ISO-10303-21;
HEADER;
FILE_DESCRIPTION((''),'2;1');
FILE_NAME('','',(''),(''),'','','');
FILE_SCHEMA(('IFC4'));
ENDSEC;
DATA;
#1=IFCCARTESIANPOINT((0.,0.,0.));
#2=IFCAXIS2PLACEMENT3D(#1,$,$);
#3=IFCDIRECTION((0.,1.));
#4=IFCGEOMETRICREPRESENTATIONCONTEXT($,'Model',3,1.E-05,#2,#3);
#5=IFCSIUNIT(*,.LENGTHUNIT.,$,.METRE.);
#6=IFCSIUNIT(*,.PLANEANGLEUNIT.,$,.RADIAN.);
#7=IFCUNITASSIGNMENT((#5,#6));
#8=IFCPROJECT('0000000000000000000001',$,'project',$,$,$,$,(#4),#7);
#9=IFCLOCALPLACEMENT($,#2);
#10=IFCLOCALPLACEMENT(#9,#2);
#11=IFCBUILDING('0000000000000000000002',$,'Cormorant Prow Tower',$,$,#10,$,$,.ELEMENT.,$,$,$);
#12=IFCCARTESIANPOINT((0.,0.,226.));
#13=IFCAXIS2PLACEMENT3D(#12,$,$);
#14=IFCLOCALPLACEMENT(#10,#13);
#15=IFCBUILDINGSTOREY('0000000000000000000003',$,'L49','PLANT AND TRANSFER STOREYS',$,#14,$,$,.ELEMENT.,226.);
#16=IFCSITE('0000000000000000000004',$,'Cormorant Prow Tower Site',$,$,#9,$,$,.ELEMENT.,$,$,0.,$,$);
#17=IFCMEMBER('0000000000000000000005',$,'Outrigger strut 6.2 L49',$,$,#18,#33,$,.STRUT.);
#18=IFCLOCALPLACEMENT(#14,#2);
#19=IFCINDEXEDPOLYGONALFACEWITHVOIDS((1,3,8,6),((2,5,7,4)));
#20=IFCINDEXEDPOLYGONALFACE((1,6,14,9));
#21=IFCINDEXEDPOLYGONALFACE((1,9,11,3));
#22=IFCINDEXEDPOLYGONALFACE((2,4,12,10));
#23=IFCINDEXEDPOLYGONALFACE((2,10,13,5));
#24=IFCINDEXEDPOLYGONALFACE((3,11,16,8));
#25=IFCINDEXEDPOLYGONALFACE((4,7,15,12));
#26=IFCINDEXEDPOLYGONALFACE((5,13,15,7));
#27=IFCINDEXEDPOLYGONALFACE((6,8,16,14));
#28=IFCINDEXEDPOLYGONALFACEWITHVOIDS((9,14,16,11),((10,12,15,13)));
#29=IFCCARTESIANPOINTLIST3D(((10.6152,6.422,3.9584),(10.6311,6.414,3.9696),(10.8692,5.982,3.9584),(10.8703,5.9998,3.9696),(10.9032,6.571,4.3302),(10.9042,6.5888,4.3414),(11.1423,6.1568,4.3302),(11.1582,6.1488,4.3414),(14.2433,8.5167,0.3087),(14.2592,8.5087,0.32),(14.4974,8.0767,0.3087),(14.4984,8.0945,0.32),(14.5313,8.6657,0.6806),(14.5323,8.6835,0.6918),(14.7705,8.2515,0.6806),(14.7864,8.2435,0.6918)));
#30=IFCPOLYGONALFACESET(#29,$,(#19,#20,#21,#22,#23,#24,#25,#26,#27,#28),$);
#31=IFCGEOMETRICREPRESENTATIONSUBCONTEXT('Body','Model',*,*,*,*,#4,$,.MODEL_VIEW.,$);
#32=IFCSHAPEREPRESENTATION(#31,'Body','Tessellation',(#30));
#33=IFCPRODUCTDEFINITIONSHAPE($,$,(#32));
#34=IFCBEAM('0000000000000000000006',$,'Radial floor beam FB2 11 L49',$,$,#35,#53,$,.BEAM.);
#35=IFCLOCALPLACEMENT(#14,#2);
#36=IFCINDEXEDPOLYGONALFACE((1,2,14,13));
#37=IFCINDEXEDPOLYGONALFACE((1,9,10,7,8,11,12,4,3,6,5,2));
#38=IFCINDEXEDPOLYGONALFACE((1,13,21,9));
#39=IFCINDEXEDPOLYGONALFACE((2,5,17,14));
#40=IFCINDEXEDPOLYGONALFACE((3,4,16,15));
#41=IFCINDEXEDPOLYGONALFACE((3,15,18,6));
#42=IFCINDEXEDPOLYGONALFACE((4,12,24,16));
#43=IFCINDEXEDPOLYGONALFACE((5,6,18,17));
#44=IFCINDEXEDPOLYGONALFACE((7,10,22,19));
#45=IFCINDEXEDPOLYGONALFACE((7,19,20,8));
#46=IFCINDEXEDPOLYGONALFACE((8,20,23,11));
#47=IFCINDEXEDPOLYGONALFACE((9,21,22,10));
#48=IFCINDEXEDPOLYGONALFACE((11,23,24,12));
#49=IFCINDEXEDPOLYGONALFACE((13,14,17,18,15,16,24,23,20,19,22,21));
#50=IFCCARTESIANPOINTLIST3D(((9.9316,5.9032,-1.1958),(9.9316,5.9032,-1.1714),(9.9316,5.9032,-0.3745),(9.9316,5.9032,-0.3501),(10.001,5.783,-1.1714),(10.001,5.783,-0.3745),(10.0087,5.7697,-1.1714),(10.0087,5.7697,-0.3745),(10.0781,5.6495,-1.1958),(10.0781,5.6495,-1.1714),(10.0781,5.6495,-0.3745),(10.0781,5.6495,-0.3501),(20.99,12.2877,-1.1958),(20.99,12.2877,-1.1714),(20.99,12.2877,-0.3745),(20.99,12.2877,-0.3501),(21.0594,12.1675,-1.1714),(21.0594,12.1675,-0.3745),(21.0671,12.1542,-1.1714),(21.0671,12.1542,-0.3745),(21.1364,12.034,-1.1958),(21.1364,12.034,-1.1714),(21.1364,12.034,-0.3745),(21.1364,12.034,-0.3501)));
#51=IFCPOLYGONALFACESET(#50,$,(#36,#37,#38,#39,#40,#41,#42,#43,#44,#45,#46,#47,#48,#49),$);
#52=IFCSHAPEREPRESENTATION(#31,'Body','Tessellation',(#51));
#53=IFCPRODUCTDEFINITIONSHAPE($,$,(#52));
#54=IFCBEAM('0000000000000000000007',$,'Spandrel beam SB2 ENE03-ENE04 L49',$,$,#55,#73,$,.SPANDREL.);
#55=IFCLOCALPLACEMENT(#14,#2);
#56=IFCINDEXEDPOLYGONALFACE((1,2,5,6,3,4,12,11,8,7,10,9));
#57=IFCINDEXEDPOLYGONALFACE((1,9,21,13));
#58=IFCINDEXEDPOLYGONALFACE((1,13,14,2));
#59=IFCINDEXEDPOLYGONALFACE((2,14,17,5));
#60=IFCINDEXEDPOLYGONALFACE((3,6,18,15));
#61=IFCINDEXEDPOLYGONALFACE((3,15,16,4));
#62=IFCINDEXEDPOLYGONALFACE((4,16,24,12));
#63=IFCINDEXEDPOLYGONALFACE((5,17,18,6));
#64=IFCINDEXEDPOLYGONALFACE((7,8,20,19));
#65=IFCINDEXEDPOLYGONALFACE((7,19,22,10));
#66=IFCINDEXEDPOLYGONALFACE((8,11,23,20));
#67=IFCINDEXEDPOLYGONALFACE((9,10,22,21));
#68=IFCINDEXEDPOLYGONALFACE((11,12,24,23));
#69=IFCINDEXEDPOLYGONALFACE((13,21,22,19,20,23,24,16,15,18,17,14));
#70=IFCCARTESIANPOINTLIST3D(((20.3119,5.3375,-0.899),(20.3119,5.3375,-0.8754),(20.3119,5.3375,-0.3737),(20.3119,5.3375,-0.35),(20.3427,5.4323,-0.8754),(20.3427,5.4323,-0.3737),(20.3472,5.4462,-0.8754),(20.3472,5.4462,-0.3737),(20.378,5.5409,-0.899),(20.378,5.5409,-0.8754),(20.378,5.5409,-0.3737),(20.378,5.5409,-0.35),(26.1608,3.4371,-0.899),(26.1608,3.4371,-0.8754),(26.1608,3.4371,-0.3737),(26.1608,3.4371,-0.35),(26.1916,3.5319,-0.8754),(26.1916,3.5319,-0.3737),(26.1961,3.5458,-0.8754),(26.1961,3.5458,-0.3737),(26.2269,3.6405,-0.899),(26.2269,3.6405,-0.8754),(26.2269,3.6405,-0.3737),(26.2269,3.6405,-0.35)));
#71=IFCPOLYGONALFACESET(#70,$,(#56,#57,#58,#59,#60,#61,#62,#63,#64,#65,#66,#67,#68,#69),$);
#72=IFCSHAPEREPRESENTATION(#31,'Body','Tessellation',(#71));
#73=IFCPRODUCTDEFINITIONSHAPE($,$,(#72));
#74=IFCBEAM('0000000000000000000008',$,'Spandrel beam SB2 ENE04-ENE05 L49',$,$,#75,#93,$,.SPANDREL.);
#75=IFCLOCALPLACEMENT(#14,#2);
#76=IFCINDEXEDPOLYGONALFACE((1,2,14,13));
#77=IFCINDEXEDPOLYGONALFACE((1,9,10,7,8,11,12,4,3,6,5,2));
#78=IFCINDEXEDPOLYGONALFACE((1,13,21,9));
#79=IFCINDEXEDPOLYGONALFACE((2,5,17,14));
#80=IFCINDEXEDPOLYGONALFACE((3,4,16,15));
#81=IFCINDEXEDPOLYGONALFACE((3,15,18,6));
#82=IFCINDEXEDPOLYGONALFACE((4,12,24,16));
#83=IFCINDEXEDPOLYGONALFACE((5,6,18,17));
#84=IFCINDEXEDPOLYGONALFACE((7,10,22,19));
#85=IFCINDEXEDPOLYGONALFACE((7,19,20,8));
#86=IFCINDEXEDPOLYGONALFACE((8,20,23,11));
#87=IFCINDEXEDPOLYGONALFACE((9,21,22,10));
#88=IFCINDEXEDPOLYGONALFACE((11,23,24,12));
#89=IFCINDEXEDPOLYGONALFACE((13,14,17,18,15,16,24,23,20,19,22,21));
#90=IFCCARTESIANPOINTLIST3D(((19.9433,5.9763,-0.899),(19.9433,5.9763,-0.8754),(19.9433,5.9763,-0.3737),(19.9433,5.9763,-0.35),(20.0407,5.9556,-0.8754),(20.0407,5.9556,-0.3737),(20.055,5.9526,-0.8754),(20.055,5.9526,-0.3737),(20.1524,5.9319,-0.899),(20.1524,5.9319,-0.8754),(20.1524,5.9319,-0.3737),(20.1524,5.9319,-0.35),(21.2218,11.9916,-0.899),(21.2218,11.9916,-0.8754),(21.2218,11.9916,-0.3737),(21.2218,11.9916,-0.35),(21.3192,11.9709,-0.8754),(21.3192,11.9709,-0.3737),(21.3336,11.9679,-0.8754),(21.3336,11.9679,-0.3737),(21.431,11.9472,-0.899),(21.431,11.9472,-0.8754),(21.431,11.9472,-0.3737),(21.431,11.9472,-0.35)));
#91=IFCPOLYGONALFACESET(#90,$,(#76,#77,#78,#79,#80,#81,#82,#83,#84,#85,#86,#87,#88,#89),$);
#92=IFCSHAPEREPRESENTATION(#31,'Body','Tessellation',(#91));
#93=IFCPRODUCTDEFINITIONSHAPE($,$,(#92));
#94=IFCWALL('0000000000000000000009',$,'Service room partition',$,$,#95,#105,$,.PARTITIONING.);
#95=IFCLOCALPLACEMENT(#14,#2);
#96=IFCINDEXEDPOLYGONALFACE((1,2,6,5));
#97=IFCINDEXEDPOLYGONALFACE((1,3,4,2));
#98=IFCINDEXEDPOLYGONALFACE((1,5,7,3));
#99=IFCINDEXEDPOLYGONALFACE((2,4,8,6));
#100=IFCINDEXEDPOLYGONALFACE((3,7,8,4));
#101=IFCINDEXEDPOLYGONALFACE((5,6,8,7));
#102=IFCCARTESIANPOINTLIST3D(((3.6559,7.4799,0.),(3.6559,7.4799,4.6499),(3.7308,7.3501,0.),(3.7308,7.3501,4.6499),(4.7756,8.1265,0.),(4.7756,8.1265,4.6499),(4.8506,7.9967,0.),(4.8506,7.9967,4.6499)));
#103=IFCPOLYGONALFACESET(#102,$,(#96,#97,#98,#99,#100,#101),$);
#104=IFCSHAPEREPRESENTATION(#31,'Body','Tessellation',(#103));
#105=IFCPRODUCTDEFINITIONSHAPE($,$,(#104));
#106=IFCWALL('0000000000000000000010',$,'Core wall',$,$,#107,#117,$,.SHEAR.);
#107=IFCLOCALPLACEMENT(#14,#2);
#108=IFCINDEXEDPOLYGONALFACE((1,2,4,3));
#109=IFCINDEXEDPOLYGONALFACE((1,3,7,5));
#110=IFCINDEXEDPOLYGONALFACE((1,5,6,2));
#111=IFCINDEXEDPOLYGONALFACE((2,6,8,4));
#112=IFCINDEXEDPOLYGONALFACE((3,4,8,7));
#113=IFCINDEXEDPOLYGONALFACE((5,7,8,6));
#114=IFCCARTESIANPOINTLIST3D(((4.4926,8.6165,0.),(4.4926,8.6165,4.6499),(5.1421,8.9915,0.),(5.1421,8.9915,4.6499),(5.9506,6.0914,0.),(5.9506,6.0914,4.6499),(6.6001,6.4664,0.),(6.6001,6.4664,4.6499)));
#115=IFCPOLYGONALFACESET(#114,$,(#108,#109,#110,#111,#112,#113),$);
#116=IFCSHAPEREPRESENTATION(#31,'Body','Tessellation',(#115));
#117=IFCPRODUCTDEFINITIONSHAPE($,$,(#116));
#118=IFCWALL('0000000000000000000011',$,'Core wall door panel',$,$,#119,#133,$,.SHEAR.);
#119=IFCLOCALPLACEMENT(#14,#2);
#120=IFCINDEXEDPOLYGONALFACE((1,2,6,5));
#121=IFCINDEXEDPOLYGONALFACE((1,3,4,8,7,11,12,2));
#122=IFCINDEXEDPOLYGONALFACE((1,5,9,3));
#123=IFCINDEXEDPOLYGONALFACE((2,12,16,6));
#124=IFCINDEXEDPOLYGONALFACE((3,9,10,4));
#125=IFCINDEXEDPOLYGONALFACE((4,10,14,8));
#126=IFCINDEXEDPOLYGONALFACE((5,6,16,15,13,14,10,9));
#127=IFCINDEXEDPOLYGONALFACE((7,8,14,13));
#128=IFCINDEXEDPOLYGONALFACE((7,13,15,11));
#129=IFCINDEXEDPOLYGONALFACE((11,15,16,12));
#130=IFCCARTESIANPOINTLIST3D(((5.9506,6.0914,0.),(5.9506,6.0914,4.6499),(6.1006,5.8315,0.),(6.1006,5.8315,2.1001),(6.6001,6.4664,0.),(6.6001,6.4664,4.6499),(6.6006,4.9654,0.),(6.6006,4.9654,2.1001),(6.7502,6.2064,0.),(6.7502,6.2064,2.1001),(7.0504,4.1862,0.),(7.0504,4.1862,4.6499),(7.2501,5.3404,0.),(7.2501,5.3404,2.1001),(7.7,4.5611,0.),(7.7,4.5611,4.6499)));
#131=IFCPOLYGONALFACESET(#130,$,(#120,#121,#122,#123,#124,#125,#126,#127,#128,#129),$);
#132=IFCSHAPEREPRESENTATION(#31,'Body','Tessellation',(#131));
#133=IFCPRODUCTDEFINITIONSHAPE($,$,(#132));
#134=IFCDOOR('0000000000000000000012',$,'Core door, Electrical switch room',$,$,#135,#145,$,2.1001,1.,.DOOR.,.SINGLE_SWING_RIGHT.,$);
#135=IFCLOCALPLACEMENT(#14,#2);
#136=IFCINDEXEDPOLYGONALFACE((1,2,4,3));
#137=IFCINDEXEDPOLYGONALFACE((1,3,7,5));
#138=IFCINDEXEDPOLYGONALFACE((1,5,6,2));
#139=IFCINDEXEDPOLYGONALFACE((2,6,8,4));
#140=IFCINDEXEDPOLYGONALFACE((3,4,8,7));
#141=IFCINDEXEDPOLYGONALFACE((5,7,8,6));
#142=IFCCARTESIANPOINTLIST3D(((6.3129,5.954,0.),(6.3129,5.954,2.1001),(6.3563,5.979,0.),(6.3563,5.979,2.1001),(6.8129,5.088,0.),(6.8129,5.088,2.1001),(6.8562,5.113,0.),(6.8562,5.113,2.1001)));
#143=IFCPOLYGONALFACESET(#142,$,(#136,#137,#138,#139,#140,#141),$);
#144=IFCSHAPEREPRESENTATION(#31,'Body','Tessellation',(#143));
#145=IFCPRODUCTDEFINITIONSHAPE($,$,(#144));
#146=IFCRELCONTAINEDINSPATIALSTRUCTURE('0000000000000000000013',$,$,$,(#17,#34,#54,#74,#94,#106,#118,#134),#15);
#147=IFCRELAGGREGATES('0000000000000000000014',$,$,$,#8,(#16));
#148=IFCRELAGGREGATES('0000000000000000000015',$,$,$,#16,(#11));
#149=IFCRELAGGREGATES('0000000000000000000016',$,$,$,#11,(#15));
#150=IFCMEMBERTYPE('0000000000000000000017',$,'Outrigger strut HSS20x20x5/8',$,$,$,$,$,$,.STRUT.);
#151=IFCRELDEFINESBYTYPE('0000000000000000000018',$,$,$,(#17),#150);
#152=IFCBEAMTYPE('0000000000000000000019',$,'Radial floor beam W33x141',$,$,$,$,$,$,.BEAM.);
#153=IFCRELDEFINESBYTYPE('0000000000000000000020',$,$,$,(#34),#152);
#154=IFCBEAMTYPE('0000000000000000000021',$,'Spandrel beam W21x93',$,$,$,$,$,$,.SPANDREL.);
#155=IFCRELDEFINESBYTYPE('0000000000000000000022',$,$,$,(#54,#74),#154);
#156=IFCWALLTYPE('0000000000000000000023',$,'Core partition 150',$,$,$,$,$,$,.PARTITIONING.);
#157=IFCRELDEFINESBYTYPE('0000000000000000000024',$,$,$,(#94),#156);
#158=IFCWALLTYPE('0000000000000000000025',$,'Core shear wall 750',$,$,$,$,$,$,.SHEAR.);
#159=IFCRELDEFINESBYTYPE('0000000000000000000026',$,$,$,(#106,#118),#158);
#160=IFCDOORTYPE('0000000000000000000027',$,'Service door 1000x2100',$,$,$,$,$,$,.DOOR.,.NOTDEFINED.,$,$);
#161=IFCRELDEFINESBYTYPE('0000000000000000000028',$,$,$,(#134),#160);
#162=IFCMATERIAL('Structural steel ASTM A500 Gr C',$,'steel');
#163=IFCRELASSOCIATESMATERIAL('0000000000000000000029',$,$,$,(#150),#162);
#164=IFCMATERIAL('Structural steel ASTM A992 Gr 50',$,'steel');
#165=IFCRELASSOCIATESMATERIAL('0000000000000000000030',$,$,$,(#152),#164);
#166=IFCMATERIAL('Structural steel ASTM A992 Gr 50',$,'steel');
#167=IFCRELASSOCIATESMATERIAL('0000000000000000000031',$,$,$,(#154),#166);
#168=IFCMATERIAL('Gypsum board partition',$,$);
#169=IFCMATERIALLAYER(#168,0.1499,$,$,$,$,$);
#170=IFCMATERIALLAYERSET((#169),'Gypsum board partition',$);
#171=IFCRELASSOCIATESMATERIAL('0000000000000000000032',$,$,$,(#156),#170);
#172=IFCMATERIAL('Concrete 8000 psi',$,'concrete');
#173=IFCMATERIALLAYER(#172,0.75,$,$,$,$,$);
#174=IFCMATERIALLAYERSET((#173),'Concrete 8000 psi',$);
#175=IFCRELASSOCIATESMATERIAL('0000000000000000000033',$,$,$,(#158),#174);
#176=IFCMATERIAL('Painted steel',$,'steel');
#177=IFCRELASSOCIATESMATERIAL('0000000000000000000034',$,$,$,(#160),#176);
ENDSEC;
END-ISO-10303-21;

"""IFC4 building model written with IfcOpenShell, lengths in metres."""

from ifc_helpers import new_model, si_unit, direction, frame, frame_2d, origin, origin_2d, place, context, subcontext, project, spatial, rectangle, hollow_rectangle, i_section, extrude, material, layer, layer_set, material_profile, profile_set, type_object, element, fill, save


model = new_model("IFC4")

# Units and contexts
model_context = context("Model", 3, precision=1e-05, world=origin(), true_north=direction((0.0, 1.0)))
body_context = subcontext(model_context, "Body", "Model", "MODEL_VIEW")
ifc_project = project(units=[si_unit("LENGTHUNIT", "METRE"), si_unit("PLANEANGLEUNIT", "RADIAN")], contexts=[model_context])

# Site, building, storey
site_placement = place(None, origin())
site = spatial("IfcSite", under=ifc_project, at=site_placement, Name="Cormorant Prow Tower Site", CompositionType="ELEMENT", RefElevation=0.0)
building_placement = place(site_placement, origin())
building = spatial("IfcBuilding", under=site, at=building_placement, Name="Cormorant Prow Tower", CompositionType="ELEMENT")
storey_placement = place(building_placement, frame((0.0, 0.0, 226.0)))
storey = spatial("IfcBuildingStorey", under=building, at=storey_placement, Name="L49", Description="PLANT AND TRANSFER STOREYS", CompositionType="ELEMENT", Elevation=226.0)

# Member
ifc_material_1 = material(Name="Structural steel ASTM A500 Gr C", Category="steel")
ifc_material_profile_1 = material_profile(ifc_material_1, hollow_rectangle(XDim=0.5081, YDim=0.5081, WallThickness=0.0149, at=origin_2d()), Name="HSS20x20x5/8")
ifc_profile_set_1 = profile_set([ifc_material_profile_1], Name="Structural steel ASTM A500 Gr C")
member_type_1 = type_object("IfcMemberType", Name="Outrigger strut HSS20x20x5/8", PredefinedType="STRUT", material=ifc_profile_set_1)
member_1_placement = place(storey_placement, frame((10.8867, 6.2854, 4.1499), z_axis=(0.652994, 0.377006, -0.65686), x_axis=(-0.5, 0.866025, 0.0)))
element("IfcMember", 1, at=member_1_placement, inside=storey, type_object=member_type_1, Name="Outrigger strut 6.2 L49", PredefinedType="STRUT", context=body_context, shape_type="SweptSolid", body=[
    extrude(hollow_rectangle(XDim=0.5081, YDim=0.5081, WallThickness=0.0149, at=origin_2d()), origin(), (0.0, 0.0, 1.0), 5.5562),
])

# Beams
ifc_material_2 = material(Name="Structural steel ASTM A992 Gr 50", Category="steel")
ifc_material_profile_2 = material_profile(ifc_material_2, i_section(OverallWidth=0.293, OverallDepth=0.8457, WebThickness=0.0154, FlangeThickness=0.0244, at=origin_2d()), Name="W33x141")
ifc_profile_set_2 = profile_set([ifc_material_profile_2], Name="Structural steel ASTM A992 Gr 50")
beam_type_1 = type_object("IfcBeamType", Name="Radial floor beam W33x141", PredefinedType="BEAM", material=ifc_profile_set_2)
beam_1_placement = place(storey_placement, frame((10.0049, 5.7764, -0.7729), z_axis=(0.866026, 0.499999, 0.0), x_axis=(-0.499999, 0.866026, 0.0)))
element("IfcBeam", 2, at=beam_1_placement, inside=storey, type_object=beam_type_1, Name="Radial floor beam FB2 11 L49", PredefinedType="BEAM", context=body_context, shape_type="SweptSolid", body=[
    extrude(i_section(OverallWidth=0.293, OverallDepth=0.8457, WebThickness=0.0154, FlangeThickness=0.0244, at=origin_2d()), origin(), (0.0, 0.0, 1.0), 12.769),
])
ifc_material_3 = material(Name="Structural steel ASTM A992 Gr 50", Category="steel")
ifc_material_profile_3 = material_profile(ifc_material_3, i_section(OverallWidth=0.2139, OverallDepth=0.5491, WebThickness=0.0146, FlangeThickness=0.0237, at=origin_2d()), Name="W21x93")
ifc_profile_set_3 = profile_set([ifc_material_profile_3], Name="Structural steel ASTM A992 Gr 50")
beam_type_2 = type_object("IfcBeamType", Name="Spandrel beam W21x93", PredefinedType="SPANDREL", material=ifc_profile_set_3)
beam_2_placement = place(storey_placement, frame((26.1938, 3.5388, -0.6245), z_axis=(-0.951058, 0.309013, 0.0), x_axis=(-0.309013, -0.951058, 0.0)))
element("IfcBeam", 3, at=beam_2_placement, inside=storey, type_object=beam_type_2, Name="Spandrel beam SB2 ENE03-ENE04 L49", PredefinedType="SPANDREL", context=body_context, shape_type="SweptSolid", body=[
    extrude(i_section(OverallWidth=0.2139, OverallDepth=0.5491, WebThickness=0.0146, FlangeThickness=0.0237, at=origin_2d()), origin(), (0.0, 0.0, 1.0), 6.1499),
])
beam_3_placement = place(storey_placement, frame((20.0479, 5.9541, -0.6245), z_axis=(0.207905, 0.978149, 0.0), x_axis=(-0.978149, 0.207905, 0.0)))
element("IfcBeam", 4, at=beam_3_placement, inside=storey, type_object=beam_type_2, Name="Spandrel beam SB2 ENE04-ENE05 L49", PredefinedType="SPANDREL", context=body_context, shape_type="SweptSolid", body=[
    extrude(i_section(OverallWidth=0.2139, OverallDepth=0.5491, WebThickness=0.0146, FlangeThickness=0.0237, at=origin_2d()), origin(), (0.0, 0.0, 1.0), 6.1497),
])

# Walls
ifc_material_4 = material(Name="Gypsum board partition")
ifc_layer_1 = layer(ifc_material_4, 0.1499)
ifc_layer_set_1 = layer_set([ifc_layer_1], Name="Gypsum board partition")
wall_type_1 = type_object("IfcWallType", Name="Core partition 150", PredefinedType="PARTITIONING", material=ifc_layer_set_1)
wall_1_placement = place(storey_placement, frame((3.6934, 7.415, 0.0), z_axis=(0.0, 0.0, 1.0), x_axis=(0.866003, 0.500038, 0.0)))
element("IfcWall", 5, at=wall_1_placement, inside=storey, type_object=wall_type_1, Name="Service room partition", PredefinedType="PARTITIONING", context=body_context, shape_type="SweptSolid", body=[
    extrude(rectangle(XDim=1.293, YDim=0.1499, at=frame_2d((0.6465, 0.0))), origin(), (0.0, 0.0, 1.0), 4.6499),
])
ifc_material_5 = material(Name="Concrete 8000 psi", Category="concrete")
ifc_layer_2 = layer(ifc_material_5, 0.75)
ifc_layer_set_2 = layer_set([ifc_layer_2], Name="Concrete 8000 psi")
wall_type_2 = type_object("IfcWallType", Name="Core shear wall 750", PredefinedType="SHEAR", material=ifc_layer_set_2)
wall_2_placement = place(storey_placement, frame((6.2754, 6.2788, 0.0), z_axis=(0.0, 0.0, 1.0), x_axis=(-0.500029, 0.866009, 0.0)))
element("IfcWall", 6, at=wall_2_placement, inside=storey, type_object=wall_type_2, Name="Core wall", PredefinedType="SHEAR", context=body_context, shape_type="SweptSolid", body=[
    extrude(rectangle(XDim=2.9158, YDim=0.75, at=frame_2d((1.458, 0.0))), origin(), (0.0, 0.0, 1.0), 4.6499),
])

# Wall, opening, door
wall_3_placement = place(storey_placement, frame((7.3752, 4.3735, 0.0), z_axis=(0.0, 0.0, 1.0), x_axis=(-0.499947, 0.866056, 0.0)))
wall_3 = element("IfcWall", 7, at=wall_3_placement, inside=storey, type_object=wall_type_2, Name="Core wall door panel", PredefinedType="SHEAR", context=body_context, shape_type="SweptSolid", body=[
    extrude(rectangle(XDim=2.2, YDim=0.75, at=frame_2d((1.1001, 0.0))), origin(), (0.0, 0.0, 1.0), 4.6499),
])
opening_1_placement = place(wall_3_placement, frame((0.8999, 0.0, 0.0)))
opening_1 = element("IfcOpeningElement", 8, at=opening_1_placement, cuts=wall_3, PredefinedType="OPENING", context=body_context, shape_type="SweptSolid", body=[
    extrude(rectangle(XDim=1.0, YDim=2.1001, at=frame_2d((0.5, 1.05))), frame((0.0, 0.385, 0.0), z_axis=(0.0, -1.0, 0.0), x_axis=(1.0, 0.0, 0.0)), (0.0, 0.0, 1.0), 0.77),
])
ifc_material_6 = material(Name="Painted steel", Category="steel")
door_type_1 = type_object("IfcDoorType", Name="Service door 1000x2100", OperationType="NOTDEFINED", PredefinedType="DOOR", material=ifc_material_6)
door_1_placement = place(opening_1_placement, origin())
door_1 = element("IfcDoor", 9, at=door_1_placement, inside=storey, type_object=door_type_1, Name="Core door, Electrical switch room", OperationType="SINGLE_SWING_RIGHT", OverallHeight=2.1001, OverallWidth=1.0, PredefinedType="DOOR", context=body_context, shape_type="SweptSolid", body=[
    extrude(rectangle(XDim=1.0, YDim=2.1001, at=frame_2d((0.5, 1.05))), frame((0.0, 0.1299, 0.0), z_axis=(0.0, -1.0, 0.0), x_axis=(1.0, 0.0, 0.0)), (0.0, 0.0, 1.0), 0.05),
])
fill(opening_1, door_1)

save(model, "model.ifc")
